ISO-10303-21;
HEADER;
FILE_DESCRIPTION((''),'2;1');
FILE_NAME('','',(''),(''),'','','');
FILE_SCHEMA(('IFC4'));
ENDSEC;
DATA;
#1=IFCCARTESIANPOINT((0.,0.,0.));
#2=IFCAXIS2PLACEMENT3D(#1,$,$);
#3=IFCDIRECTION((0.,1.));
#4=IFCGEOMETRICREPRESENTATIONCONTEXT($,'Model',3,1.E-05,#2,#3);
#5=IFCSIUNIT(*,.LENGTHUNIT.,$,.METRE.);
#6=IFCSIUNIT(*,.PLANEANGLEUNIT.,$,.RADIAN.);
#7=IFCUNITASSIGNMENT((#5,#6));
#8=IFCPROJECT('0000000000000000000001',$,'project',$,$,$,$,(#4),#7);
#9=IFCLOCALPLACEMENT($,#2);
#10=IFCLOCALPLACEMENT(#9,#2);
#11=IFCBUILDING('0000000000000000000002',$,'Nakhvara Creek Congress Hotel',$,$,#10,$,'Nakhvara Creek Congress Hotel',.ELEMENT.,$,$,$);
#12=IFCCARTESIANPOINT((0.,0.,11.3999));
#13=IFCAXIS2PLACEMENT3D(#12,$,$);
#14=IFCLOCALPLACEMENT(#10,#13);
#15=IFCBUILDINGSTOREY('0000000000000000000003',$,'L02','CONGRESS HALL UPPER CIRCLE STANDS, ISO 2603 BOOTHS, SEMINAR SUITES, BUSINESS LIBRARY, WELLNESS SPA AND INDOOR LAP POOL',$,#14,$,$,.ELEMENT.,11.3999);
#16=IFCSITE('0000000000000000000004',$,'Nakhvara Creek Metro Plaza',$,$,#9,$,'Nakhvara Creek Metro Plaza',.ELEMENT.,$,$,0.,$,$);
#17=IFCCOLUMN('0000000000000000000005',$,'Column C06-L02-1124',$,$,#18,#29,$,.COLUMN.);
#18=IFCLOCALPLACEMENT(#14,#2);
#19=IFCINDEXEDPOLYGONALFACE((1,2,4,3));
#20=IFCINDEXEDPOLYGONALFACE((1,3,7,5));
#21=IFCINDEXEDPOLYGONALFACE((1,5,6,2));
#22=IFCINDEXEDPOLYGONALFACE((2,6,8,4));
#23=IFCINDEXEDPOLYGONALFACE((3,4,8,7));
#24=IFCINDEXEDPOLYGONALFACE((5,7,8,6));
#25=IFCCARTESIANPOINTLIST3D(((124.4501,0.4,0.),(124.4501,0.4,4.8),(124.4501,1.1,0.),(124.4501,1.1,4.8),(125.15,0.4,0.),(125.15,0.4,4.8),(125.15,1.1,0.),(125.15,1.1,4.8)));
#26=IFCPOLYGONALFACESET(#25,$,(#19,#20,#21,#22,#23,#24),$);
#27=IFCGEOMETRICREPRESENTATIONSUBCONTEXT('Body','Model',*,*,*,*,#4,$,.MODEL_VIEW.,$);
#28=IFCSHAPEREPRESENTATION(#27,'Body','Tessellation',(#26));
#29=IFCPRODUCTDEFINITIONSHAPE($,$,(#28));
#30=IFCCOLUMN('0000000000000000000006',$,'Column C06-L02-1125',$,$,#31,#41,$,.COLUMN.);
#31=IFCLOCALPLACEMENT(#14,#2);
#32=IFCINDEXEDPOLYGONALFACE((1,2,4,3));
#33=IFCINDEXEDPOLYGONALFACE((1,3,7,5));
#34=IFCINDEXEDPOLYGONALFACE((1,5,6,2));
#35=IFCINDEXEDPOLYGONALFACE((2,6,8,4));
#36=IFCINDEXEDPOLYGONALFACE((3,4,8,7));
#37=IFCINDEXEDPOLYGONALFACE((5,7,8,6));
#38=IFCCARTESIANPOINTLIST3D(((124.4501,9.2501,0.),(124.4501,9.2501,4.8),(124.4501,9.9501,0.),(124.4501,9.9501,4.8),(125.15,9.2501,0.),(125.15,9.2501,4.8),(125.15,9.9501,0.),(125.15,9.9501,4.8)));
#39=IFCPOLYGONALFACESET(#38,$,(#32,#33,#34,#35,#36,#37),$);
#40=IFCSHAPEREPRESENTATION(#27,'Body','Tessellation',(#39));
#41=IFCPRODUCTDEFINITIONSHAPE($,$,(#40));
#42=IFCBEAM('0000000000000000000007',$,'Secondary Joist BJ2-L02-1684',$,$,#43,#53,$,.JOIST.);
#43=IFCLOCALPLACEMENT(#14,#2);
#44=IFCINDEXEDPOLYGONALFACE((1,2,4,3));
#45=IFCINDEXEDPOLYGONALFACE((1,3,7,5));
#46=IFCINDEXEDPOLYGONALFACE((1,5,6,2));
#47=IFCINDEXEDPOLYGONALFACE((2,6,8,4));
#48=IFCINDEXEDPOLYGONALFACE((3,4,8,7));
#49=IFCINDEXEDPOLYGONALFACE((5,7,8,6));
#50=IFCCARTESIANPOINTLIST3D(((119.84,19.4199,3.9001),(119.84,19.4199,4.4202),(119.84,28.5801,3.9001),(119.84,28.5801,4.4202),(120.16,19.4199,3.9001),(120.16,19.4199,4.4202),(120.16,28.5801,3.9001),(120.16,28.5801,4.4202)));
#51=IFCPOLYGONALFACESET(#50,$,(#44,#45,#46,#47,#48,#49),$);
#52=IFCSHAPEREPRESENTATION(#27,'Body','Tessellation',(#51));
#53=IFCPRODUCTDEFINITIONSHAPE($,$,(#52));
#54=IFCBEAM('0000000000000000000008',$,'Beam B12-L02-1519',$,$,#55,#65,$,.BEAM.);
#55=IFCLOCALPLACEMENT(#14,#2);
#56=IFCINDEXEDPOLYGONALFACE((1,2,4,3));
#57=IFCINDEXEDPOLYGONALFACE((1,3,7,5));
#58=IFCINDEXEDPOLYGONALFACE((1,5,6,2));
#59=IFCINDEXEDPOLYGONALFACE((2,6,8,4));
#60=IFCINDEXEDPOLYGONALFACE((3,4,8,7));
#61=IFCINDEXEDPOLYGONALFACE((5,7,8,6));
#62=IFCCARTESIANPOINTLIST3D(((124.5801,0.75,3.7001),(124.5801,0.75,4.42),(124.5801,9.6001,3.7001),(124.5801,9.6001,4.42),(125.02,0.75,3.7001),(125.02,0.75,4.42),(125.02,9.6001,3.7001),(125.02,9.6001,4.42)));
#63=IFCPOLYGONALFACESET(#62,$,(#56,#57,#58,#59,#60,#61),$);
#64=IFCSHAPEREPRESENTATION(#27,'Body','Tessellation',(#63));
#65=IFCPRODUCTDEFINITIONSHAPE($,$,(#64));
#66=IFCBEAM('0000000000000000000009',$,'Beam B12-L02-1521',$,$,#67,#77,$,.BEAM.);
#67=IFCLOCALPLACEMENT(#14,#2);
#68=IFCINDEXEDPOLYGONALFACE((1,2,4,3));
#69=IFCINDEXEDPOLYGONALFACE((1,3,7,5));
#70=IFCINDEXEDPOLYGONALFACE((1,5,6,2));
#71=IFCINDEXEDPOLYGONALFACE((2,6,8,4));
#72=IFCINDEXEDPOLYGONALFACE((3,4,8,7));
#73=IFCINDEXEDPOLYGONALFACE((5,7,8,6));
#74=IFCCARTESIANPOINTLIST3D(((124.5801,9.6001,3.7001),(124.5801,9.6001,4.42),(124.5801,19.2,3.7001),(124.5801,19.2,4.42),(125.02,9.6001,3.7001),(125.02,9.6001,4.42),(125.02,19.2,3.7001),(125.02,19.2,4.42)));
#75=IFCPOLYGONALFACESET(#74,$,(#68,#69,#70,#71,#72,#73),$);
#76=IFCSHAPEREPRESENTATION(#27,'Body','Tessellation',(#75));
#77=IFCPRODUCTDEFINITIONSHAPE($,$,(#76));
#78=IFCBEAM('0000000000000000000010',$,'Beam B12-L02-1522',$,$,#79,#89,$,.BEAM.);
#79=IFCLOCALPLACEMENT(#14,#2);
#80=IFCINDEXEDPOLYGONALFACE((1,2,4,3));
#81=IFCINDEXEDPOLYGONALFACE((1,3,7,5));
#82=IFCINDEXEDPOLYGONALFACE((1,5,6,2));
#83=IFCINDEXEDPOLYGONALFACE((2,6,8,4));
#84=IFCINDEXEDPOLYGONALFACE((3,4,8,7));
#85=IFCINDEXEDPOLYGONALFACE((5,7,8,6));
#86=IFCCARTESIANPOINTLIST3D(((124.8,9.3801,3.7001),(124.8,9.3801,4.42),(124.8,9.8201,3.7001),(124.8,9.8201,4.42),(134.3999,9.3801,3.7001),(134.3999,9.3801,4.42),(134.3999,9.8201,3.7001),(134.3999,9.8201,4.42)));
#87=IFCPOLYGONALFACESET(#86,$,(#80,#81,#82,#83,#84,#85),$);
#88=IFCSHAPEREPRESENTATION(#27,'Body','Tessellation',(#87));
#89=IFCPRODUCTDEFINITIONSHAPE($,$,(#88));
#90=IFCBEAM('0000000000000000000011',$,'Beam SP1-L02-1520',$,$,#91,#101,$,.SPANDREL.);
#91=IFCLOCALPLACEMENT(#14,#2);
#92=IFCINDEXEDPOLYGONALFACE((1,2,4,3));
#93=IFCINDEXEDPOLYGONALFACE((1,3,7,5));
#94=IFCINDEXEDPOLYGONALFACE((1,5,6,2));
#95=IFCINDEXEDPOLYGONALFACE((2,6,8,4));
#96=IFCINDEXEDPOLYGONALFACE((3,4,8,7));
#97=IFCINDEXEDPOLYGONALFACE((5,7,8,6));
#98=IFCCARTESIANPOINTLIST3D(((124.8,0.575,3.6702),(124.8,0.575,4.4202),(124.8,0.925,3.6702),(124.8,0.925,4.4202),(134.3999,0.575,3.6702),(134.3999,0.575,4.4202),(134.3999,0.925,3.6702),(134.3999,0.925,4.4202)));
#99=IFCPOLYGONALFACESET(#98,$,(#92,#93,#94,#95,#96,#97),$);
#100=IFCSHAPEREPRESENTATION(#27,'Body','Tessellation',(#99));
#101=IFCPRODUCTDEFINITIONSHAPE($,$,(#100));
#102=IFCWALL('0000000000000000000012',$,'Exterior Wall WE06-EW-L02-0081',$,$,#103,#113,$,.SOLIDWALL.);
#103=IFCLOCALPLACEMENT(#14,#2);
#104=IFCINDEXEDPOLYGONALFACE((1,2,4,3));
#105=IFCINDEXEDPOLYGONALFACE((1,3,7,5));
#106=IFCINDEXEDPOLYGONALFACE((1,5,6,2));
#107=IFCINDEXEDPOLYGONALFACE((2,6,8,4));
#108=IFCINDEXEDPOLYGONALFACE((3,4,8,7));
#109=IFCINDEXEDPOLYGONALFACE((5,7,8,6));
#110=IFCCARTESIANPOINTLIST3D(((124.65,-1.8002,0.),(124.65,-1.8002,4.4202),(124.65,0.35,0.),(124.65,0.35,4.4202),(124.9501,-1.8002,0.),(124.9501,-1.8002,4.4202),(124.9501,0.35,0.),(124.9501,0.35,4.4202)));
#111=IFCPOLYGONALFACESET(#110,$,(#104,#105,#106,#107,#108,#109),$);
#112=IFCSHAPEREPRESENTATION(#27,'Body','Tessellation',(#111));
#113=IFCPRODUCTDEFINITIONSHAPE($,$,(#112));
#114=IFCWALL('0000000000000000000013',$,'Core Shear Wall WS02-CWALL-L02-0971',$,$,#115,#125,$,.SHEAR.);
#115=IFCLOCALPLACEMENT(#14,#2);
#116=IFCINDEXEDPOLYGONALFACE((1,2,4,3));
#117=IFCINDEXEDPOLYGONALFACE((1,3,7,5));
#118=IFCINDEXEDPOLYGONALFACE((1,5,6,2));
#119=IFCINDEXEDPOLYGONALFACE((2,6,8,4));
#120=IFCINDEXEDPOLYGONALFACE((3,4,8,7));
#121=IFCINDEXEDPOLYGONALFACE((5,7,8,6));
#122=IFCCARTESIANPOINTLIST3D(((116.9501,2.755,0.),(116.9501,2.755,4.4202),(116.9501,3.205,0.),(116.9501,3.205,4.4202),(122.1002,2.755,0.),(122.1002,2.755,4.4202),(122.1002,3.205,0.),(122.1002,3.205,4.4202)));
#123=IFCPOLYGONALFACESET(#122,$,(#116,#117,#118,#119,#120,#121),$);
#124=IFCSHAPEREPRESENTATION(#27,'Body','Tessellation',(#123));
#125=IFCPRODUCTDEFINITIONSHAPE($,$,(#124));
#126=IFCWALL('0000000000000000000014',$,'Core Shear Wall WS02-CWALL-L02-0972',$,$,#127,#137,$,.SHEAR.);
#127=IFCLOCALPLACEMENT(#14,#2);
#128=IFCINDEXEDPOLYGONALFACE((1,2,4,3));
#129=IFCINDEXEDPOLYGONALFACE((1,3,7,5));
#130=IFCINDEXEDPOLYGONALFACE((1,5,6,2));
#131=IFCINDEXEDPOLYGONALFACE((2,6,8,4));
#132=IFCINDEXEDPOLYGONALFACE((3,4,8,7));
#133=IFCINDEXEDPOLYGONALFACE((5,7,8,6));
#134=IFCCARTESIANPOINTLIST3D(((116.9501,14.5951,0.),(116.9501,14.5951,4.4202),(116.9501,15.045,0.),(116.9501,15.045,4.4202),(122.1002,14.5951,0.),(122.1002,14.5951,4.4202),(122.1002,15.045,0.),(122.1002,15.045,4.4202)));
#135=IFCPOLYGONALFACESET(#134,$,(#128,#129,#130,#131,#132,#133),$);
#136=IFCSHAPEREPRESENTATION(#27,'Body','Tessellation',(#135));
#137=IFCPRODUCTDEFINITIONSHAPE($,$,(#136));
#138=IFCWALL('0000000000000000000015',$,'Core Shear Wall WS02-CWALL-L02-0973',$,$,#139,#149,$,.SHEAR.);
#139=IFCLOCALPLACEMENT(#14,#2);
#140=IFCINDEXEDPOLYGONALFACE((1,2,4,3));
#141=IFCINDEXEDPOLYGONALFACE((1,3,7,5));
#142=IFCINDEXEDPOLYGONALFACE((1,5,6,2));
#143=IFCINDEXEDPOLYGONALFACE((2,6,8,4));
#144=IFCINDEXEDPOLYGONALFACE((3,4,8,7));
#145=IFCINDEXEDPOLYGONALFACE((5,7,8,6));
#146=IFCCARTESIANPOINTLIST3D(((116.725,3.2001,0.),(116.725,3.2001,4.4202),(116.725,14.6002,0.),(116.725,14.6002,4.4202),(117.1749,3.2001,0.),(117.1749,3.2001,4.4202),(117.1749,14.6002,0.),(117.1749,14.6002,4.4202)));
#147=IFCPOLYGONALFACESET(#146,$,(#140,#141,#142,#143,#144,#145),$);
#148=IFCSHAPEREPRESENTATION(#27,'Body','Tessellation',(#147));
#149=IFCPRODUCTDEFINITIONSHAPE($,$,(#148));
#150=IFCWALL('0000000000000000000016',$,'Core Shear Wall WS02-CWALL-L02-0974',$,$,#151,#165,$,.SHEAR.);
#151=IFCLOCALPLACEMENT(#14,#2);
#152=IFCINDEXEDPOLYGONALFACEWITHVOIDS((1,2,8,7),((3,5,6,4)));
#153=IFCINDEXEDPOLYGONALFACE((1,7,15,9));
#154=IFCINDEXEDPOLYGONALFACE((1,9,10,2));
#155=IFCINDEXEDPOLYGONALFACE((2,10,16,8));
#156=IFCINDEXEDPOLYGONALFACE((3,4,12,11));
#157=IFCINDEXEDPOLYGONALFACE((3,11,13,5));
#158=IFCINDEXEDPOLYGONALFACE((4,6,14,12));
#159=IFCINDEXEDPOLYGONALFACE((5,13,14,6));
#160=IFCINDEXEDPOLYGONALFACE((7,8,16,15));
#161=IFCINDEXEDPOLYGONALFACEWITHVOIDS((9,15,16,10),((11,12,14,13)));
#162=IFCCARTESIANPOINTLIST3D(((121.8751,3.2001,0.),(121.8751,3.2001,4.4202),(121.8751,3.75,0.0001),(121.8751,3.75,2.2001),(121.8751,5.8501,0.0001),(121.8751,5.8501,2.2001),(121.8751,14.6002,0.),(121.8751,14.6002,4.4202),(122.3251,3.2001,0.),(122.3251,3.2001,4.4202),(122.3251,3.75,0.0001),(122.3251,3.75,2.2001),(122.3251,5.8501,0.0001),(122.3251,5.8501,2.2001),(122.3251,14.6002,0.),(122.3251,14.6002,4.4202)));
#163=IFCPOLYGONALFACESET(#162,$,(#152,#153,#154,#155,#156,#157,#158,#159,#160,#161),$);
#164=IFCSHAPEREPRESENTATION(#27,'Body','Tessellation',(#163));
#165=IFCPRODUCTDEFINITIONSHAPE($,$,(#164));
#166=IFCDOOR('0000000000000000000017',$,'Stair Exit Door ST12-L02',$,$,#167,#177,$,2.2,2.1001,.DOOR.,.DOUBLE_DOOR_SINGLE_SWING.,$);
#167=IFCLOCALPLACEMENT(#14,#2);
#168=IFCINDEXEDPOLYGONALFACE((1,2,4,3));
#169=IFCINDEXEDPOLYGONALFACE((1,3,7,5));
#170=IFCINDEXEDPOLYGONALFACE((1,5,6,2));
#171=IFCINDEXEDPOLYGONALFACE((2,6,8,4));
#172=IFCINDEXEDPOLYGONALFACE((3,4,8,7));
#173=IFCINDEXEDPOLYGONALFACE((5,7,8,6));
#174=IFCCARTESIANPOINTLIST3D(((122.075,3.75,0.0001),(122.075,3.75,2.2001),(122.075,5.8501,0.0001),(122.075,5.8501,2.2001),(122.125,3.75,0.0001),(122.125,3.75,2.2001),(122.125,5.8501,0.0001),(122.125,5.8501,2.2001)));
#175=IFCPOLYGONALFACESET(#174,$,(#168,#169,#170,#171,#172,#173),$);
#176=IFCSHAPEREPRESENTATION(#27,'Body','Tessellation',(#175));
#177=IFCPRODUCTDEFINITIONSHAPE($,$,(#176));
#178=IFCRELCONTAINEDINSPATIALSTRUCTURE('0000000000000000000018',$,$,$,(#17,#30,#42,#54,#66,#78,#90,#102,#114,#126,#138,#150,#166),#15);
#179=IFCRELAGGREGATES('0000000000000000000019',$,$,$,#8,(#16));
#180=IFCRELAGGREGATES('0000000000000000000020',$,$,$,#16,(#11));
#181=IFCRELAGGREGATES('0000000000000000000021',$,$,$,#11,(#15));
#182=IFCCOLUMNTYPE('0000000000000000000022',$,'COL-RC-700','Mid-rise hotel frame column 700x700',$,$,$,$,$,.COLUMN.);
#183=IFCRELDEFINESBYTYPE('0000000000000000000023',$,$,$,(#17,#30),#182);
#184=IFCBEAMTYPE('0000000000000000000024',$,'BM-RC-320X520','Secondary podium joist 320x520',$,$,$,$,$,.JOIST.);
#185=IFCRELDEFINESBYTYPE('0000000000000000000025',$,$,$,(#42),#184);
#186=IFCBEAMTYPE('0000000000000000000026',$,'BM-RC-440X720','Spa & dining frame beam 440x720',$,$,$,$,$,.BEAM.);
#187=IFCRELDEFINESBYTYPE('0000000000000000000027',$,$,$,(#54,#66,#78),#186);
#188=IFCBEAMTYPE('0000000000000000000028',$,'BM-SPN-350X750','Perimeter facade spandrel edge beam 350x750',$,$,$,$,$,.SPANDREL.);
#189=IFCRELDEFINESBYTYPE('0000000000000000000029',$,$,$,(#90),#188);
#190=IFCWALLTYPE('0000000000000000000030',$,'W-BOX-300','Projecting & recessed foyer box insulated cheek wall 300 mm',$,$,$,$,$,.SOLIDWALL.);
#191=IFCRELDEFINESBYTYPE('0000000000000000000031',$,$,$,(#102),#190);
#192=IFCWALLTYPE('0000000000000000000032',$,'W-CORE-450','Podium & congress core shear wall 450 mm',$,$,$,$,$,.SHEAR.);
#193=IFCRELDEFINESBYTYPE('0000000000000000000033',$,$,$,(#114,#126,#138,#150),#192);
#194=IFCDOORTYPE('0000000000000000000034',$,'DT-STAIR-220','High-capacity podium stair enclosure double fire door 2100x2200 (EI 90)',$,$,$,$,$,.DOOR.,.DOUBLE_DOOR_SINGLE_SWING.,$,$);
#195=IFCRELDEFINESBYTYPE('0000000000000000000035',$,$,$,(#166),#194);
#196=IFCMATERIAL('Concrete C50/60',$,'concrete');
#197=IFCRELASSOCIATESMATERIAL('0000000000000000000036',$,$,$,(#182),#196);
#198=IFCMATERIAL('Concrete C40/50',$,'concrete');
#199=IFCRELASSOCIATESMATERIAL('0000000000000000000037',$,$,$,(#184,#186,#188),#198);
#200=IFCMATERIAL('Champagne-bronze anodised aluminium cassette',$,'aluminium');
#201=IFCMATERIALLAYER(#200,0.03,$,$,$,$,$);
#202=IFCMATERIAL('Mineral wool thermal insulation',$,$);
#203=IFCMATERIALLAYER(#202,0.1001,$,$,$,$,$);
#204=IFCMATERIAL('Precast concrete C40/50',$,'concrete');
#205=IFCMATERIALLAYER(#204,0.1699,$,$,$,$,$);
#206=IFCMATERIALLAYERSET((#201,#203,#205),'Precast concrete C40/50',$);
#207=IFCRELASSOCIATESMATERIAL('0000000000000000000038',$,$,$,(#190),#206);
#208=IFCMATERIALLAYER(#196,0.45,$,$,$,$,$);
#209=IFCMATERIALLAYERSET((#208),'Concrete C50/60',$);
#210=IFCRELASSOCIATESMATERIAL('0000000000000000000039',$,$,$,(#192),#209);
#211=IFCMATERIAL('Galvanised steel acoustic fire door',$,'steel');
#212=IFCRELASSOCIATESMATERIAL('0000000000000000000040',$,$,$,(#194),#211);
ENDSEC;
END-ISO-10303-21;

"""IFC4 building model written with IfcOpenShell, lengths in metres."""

from ifc_helpers import new_model, si_unit, direction, frame, frame_2d, origin, origin_2d, place, context, subcontext, project, spatial, rectangle, extrude, material, layer, layer_set, material_profile, profile_set, type_object, element, fill, save


model = new_model("IFC4")

# Units and contexts
model_context = context("Model", 3, precision=1e-05, world=origin(), true_north=direction((0.0, 1.0)))
body_context = subcontext(model_context, "Body", "Model", "MODEL_VIEW")
ifc_project = project(units=[si_unit("LENGTHUNIT", "METRE"), si_unit("PLANEANGLEUNIT", "RADIAN")], contexts=[model_context])

# Site, building, storey
site_placement = place(None, origin())
site = spatial("IfcSite", under=ifc_project, at=site_placement, Name="Nakhvara Creek Metro Plaza", LongName="Nakhvara Creek Metro Plaza", CompositionType="ELEMENT", RefElevation=0.0)
building_placement = place(site_placement, origin())
building = spatial("IfcBuilding", under=site, at=building_placement, Name="Nakhvara Creek Congress Hotel", LongName="Nakhvara Creek Congress Hotel", CompositionType="ELEMENT")
storey_placement = place(building_placement, frame((0.0, 0.0, 11.3999)))
storey = spatial("IfcBuildingStorey", under=building, at=storey_placement, Name="L02", Description="CONGRESS HALL UPPER CIRCLE STANDS, ISO 2603 BOOTHS, SEMINAR SUITES, BUSINESS LIBRARY, WELLNESS SPA AND INDOOR LAP POOL", CompositionType="ELEMENT", Elevation=11.3999)

# Columns
ifc_material_1 = material(Name="Concrete C50/60", Category="concrete")
ifc_material_profile_1 = material_profile(ifc_material_1, rectangle(XDim=0.7, YDim=0.7, at=origin_2d()), Name="RC-COL 700x700", Category="LoadBearing")
ifc_profile_set_1 = profile_set([ifc_material_profile_1], Name="Concrete C50/60")
column_type = type_object("IfcColumnType", Name="COL-RC-700", Description="Mid-rise hotel frame column 700x700", PredefinedType="COLUMN", material=ifc_profile_set_1)
for number, where, z_axis, x_axis, name in (
    (1, (124.8, 0.75, 0.0), (0.0, 0.0, 1.0), (1.0, 0.0, 0.0), "Column C06-L02-1124"),
    (2, (124.8, 9.6001, 0.0), (0.0, 0.0, 1.0), (1.0, 0.0, 0.0), "Column C06-L02-1125"),
):
    element("IfcColumn", number, at=place(storey_placement, frame(where, z_axis=z_axis, x_axis=x_axis)), inside=storey, type_object=column_type, Name=name, PredefinedType="COLUMN", context=body_context, shape_type="SweptSolid", body=[
        extrude(rectangle(XDim=0.7, YDim=0.7, at=origin_2d()), origin(), (0.0, 0.0, 1.0), 4.8),
    ])

# Beams
ifc_material_2 = material(Name="Concrete C40/50", Category="concrete")
ifc_material_profile_2 = material_profile(ifc_material_2, rectangle(XDim=0.3201, YDim=0.52, at=origin_2d()), Name="RC-BM 320x520", Category="LoadBearing")
ifc_profile_set_2 = profile_set([ifc_material_profile_2], Name="Concrete C40/50")
beam_type_1 = type_object("IfcBeamType", Name="BM-RC-320X520", Description="Secondary podium joist 320x520", PredefinedType="JOIST", material=ifc_profile_set_2)
beam_1_placement = place(storey_placement, frame((120.0, 19.4199, 4.1602), z_axis=(0.0, 1.0, 0.0), x_axis=(-1.0, 0.0, 0.0)))
element("IfcBeam", 3, at=beam_1_placement, inside=storey, type_object=beam_type_1, Name="Secondary Joist BJ2-L02-1684", PredefinedType="JOIST", context=body_context, shape_type="SweptSolid", body=[
    extrude(rectangle(XDim=0.3201, YDim=0.52, at=origin_2d()), origin(), (0.0, 0.0, 1.0), 9.1602),
])
ifc_material_profile_3 = material_profile(ifc_material_2, rectangle(XDim=0.4399, YDim=0.72, at=origin_2d()), Name="RC-BM 440x720", Category="LoadBearing")
ifc_profile_set_3 = profile_set([ifc_material_profile_3], Name="Concrete C40/50")
beam_type_2 = type_object("IfcBeamType", Name="BM-RC-440X720", Description="Spa & dining frame beam 440x720", PredefinedType="BEAM", material=ifc_profile_set_3)
beam_2_placement = place(storey_placement, frame((124.8, 0.75, 4.0601), z_axis=(0.0, 1.0, 0.0), x_axis=(-1.0, 0.0, 0.0)))
element("IfcBeam", 4, at=beam_2_placement, inside=storey, type_object=beam_type_2, Name="Beam B12-L02-1519", PredefinedType="BEAM", context=body_context, shape_type="SweptSolid", body=[
    extrude(rectangle(XDim=0.4399, YDim=0.72, at=origin_2d()), origin(), (0.0, 0.0, 1.0), 8.8501),
])
for number, where, z_axis, x_axis, name in (
    (5, (124.8, 9.6001, 4.0601), (0.0, 1.0, 0.0), (-1.0, 0.0, 0.0), "Beam B12-L02-1521"),
    (6, (124.8, 9.6001, 4.0601), (1.0, 0.0, 0.0), (0.0, 1.0, 0.0), "Beam B12-L02-1522"),
):
    element("IfcBeam", number, at=place(storey_placement, frame(where, z_axis=z_axis, x_axis=x_axis)), inside=storey, type_object=beam_type_2, Name=name, PredefinedType="BEAM", context=body_context, shape_type="SweptSolid", body=[
        extrude(rectangle(XDim=0.4399, YDim=0.72, at=origin_2d()), origin(), (0.0, 0.0, 1.0), 9.5999),
    ])
ifc_material_profile_4 = material_profile(ifc_material_2, rectangle(XDim=0.3501, YDim=0.75, at=origin_2d()), Name="RC-SPANDREL 350x750", Category="LoadBearing")
ifc_profile_set_4 = profile_set([ifc_material_profile_4], Name="Concrete C40/50")
beam_type_3 = type_object("IfcBeamType", Name="BM-SPN-350X750", Description="Perimeter facade spandrel edge beam 350x750", PredefinedType="SPANDREL", material=ifc_profile_set_4)
beam_3_placement = place(storey_placement, frame((124.8, 0.75, 4.0452), z_axis=(1.0, 0.0, 0.0), x_axis=(0.0, 1.0, 0.0)))
element("IfcBeam", 7, at=beam_3_placement, inside=storey, type_object=beam_type_3, Name="Beam SP1-L02-1520", PredefinedType="SPANDREL", context=body_context, shape_type="SweptSolid", body=[
    extrude(rectangle(XDim=0.3501, YDim=0.75, at=origin_2d()), origin(), (0.0, 0.0, 1.0), 9.5999),
])

# Walls
ifc_material_3 = material(Name="Champagne-bronze anodised aluminium cassette", Category="aluminium")
ifc_layer_1 = layer(ifc_material_3, 0.03)
ifc_material_4 = material(Name="Mineral wool thermal insulation")
ifc_layer_2 = layer(ifc_material_4, 0.1001)
ifc_material_5 = material(Name="Precast concrete C40/50", Category="concrete")
ifc_layer_3 = layer(ifc_material_5, 0.1699)
ifc_layer_set_1 = layer_set([ifc_layer_1, ifc_layer_2, ifc_layer_3], Name="Precast concrete C40/50")
wall_type_1 = type_object("IfcWallType", Name="W-BOX-300", Description="Projecting & recessed foyer box insulated cheek wall 300 mm", PredefinedType="SOLIDWALL", material=ifc_layer_set_1)
wall_1_placement = place(storey_placement, frame((124.8, 0.3501, 0.0), z_axis=(0.0, 0.0, 1.0), x_axis=(0.0, -1.0, 0.0)))
element("IfcWall", 8, at=wall_1_placement, inside=storey, type_object=wall_type_1, Name="Exterior Wall WE06-EW-L02-0081", PredefinedType="SOLIDWALL", context=body_context, shape_type="SweptSolid", body=[
    extrude(rectangle(XDim=2.1501, YDim=0.3, at=frame_2d((1.0752, 0.0))), origin(), (0.0, 0.0, 1.0), 4.4202),
])
ifc_layer_4 = layer(ifc_material_1, 0.45)
ifc_layer_set_2 = layer_set([ifc_layer_4], Name="Concrete C50/60")
wall_type_2 = type_object("IfcWallType", Name="W-CORE-450", Description="Podium & congress core shear wall 450 mm", PredefinedType="SHEAR", material=ifc_layer_set_2)
for number, where, z_axis, x_axis, name in (
    (9, (116.95, 2.98, 0.0), (0.0, 0.0, 1.0), (1.0, 0.0, 0.0), "Core Shear Wall WS02-CWALL-L02-0971"),
    (10, (116.95, 14.8201, 0.0), (0.0, 0.0, 1.0), (1.0, 0.0, 0.0), "Core Shear Wall WS02-CWALL-L02-0972"),
):
    element("IfcWall", number, at=place(storey_placement, frame(where, z_axis=z_axis, x_axis=x_axis)), inside=storey, type_object=wall_type_2, Name=name, PredefinedType="SHEAR", context=body_context, shape_type="SweptSolid", body=[
        extrude(rectangle(XDim=5.1501, YDim=0.45, at=frame_2d((2.5752, 0.0))), origin(), (0.0, 0.0, 1.0), 4.4202),
    ])
wall_2_placement = place(storey_placement, frame((116.95, 3.2, 0.0), z_axis=(0.0, 0.0, 1.0), x_axis=(0.0, 1.0, 0.0)))
element("IfcWall", 11, at=wall_2_placement, inside=storey, type_object=wall_type_2, Name="Core Shear Wall WS02-CWALL-L02-0973", PredefinedType="SHEAR", context=body_context, shape_type="SweptSolid", body=[
    extrude(rectangle(XDim=11.4001, YDim=0.45, at=frame_2d((5.7002, 0.0))), origin(), (0.0, 0.0, 1.0), 4.4202),
])

# Wall, opening, door
wall_3_placement = place(storey_placement, frame((122.1001, 3.2, 0.0), z_axis=(0.0, 0.0, 1.0), x_axis=(0.0, 1.0, 0.0)))
wall_3 = element("IfcWall", 12, at=wall_3_placement, inside=storey, type_object=wall_type_2, Name="Core Shear Wall WS02-CWALL-L02-0974", PredefinedType="SHEAR", context=body_context, shape_type="SweptSolid", body=[
    extrude(rectangle(XDim=11.4001, YDim=0.45, at=frame_2d((5.7002, 0.0))), origin(), (0.0, 0.0, 1.0), 4.4202),
])
opening_1_placement = place(wall_3_placement, frame((0.55, 0.0, 0.0)))
opening_1 = element("IfcOpeningElement", 13, at=opening_1_placement, cuts=wall_3, PredefinedType="OPENING", context=body_context, shape_type="SweptSolid", body=[
    extrude(rectangle(XDim=2.1001, YDim=2.2, at=frame_2d((1.05, 1.1001))), frame((0.0, 0.2368, 0.0), z_axis=(0.0, -1.0, 0.0), x_axis=(1.0, 0.0, 0.0)), (0.0, 0.0, 1.0), 0.4739),
])
ifc_material_6 = material(Name="Galvanised steel acoustic fire door", Category="steel")
door_type_1 = type_object("IfcDoorType", Name="DT-STAIR-220", Description="High-capacity podium stair enclosure double fire door 2100x2200 (EI 90)", OperationType="DOUBLE_DOOR_SINGLE_SWING", PredefinedType="DOOR", material=ifc_material_6)
door_1_placement = place(opening_1_placement, frame((2.1001, 0.0, 0.0), z_axis=(0.0, 0.0, 1.0), x_axis=(-1.0, 0.0, 0.0)))
door_1 = element("IfcDoor", 14, at=door_1_placement, inside=storey, type_object=door_type_1, Name="Stair Exit Door ST12-L02", OperationType="DOUBLE_DOOR_SINGLE_SWING", OverallHeight=2.2, OverallWidth=2.1001, PredefinedType="DOOR", context=body_context, shape_type="SweptSolid", body=[
    extrude(rectangle(XDim=2.1001, YDim=2.2, at=frame_2d((1.05, 1.1001))), frame((0.0, 0.0249, 0.0), z_axis=(0.0, -1.0, 0.0), x_axis=(1.0, 0.0, 0.0)), (0.0, 0.0, 1.0), 0.05),
])
fill(opening_1, door_1)

save(model, "model.ifc")
